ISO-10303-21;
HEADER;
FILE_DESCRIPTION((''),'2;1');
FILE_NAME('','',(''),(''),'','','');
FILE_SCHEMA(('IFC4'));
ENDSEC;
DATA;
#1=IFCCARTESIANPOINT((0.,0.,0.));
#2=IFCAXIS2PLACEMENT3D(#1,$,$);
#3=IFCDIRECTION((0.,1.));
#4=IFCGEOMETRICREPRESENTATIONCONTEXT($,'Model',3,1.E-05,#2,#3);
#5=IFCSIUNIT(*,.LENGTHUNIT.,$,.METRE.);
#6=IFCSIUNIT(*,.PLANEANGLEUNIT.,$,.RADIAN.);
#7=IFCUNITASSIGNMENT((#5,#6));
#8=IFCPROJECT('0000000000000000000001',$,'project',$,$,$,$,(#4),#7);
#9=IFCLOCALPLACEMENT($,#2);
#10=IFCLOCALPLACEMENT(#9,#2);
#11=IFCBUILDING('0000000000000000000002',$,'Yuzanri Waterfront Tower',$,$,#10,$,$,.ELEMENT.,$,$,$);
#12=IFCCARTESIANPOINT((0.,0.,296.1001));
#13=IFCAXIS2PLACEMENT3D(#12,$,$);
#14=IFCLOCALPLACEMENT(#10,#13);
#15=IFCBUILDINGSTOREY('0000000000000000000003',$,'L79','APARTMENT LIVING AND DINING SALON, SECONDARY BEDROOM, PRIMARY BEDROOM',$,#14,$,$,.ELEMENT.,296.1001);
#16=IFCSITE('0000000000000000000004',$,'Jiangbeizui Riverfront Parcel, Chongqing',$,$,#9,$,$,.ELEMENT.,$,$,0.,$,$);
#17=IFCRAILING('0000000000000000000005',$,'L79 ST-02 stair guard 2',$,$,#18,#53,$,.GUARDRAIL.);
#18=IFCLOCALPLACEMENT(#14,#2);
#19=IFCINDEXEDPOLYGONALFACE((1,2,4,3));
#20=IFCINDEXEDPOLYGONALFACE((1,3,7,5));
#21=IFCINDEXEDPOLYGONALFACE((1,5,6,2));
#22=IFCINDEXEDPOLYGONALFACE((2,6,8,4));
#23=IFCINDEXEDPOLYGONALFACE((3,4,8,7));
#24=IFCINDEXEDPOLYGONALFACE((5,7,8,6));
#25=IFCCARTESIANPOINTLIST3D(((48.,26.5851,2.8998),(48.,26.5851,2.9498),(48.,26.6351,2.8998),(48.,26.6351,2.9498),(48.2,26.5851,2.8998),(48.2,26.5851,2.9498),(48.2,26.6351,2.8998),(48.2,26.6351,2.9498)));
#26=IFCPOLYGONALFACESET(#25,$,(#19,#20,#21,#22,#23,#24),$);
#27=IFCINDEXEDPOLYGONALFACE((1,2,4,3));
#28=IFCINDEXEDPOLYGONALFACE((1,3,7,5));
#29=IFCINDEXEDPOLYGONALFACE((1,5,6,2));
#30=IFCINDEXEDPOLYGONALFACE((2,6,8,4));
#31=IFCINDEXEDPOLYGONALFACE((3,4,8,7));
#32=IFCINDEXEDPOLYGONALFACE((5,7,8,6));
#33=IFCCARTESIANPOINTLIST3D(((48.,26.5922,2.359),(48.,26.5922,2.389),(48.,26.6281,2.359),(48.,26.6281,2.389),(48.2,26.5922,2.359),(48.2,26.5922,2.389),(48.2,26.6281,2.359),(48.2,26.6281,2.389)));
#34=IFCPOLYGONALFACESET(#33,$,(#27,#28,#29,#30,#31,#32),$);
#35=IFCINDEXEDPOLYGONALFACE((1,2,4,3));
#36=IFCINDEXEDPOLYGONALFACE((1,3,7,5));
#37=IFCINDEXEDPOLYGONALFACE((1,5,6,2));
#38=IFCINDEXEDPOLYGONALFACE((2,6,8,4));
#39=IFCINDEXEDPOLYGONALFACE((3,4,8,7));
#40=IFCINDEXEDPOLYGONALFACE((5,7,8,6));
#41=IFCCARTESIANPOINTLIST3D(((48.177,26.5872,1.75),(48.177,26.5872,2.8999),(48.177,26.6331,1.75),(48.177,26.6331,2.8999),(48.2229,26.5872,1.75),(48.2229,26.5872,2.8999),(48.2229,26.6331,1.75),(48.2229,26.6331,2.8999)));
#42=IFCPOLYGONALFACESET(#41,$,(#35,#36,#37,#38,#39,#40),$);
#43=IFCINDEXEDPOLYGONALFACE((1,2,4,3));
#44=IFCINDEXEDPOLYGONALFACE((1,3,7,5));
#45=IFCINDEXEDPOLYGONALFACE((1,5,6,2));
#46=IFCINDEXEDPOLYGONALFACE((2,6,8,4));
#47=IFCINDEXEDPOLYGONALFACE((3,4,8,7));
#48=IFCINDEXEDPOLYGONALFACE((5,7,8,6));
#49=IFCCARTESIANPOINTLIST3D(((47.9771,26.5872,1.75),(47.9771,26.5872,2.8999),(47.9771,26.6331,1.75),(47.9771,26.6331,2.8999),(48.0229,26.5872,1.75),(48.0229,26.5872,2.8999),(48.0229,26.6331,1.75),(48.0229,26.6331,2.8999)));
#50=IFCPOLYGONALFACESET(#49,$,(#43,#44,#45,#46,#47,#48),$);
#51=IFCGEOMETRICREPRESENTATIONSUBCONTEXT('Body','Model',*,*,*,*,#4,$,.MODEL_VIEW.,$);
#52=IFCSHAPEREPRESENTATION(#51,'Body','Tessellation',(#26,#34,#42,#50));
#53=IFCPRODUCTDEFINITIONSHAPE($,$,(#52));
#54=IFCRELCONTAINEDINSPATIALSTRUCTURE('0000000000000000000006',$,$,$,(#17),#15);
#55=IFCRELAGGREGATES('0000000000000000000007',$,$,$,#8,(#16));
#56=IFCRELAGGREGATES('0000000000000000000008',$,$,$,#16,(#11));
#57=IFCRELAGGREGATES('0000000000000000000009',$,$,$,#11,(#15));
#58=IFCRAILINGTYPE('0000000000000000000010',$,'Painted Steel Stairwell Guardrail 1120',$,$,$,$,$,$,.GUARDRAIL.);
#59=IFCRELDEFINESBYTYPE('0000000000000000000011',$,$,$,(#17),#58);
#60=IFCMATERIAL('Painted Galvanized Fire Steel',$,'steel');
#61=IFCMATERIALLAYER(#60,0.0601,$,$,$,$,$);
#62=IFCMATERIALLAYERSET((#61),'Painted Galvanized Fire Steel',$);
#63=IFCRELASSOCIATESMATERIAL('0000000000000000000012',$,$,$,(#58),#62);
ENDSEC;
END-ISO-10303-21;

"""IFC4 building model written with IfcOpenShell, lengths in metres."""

from ifc_helpers import new_model, si_unit, direction, frame, origin, origin_2d, place, context, subcontext, project, spatial, rectangle, extrude, source, transform, mapped, material, layer, layer_set, type_object, element, save


model = new_model("IFC4")

# Units and contexts
model_context = context("Model", 3, precision=1e-05, world=origin(), true_north=direction((0.0, 1.0)))
body_context = subcontext(model_context, "Body", "Model", "MODEL_VIEW")
ifc_project = project(units=[si_unit("LENGTHUNIT", "METRE"), si_unit("PLANEANGLEUNIT", "RADIAN")], contexts=[model_context])

# Site, building, storey
site_placement = place(None, origin())
site = spatial("IfcSite", under=ifc_project, at=site_placement, Name="Jiangbeizui Riverfront Parcel, Chongqing", CompositionType="ELEMENT", RefElevation=0.0)
building_placement = place(site_placement, origin())
building = spatial("IfcBuilding", under=site, at=building_placement, Name="Yuzanri Waterfront Tower", CompositionType="ELEMENT")
storey_placement = place(building_placement, frame((0.0, 0.0, 296.1001)))
storey = spatial("IfcBuildingStorey", under=building, at=storey_placement, Name="L79", Description="APARTMENT LIVING AND DINING SALON, SECONDARY BEDROOM, PRIMARY BEDROOM", CompositionType="ELEMENT", Elevation=296.1001)

# Railing
ifc_material_1 = material(Name="Painted Galvanized Fire Steel", Category="steel")
ifc_layer_1 = layer(ifc_material_1, 0.0601)
ifc_layer_set_1 = layer_set([ifc_layer_1], Name="Painted Galvanized Fire Steel")
railing_type = type_object("IfcRailingType", Name="Painted Steel Stairwell Guardrail 1120", PredefinedType="GUARDRAIL", material=ifc_layer_set_1)
shared_shape_1 = source(origin(), body_context, "Body", "SweptSolid", [
    extrude(rectangle(XDim=0.05, YDim=0.05, at=origin_2d()), frame((0.0, 0.0, 1.1748), z_axis=(-1.0, 0.0, 0.0), x_axis=(0.0, -1.0, 0.0)), (0.0, 0.0, 1.0), 0.2),
    extrude(rectangle(XDim=0.0359, YDim=0.03, at=origin_2d()), frame((0.0, 0.0, 0.624), z_axis=(-1.0, 0.0, 0.0), x_axis=(0.0, -1.0, 0.0)), (0.0, 0.0, 1.0), 0.2),
    extrude(rectangle(XDim=0.0459, YDim=0.0459, at=origin_2d()), origin(), (0.0, 0.0, 1.0), 1.1499),
    extrude(rectangle(XDim=0.0459, YDim=0.0459, at=origin_2d()), frame((-0.2, 0.0, 0.0)), (0.0, 0.0, 1.0), 1.1499),
])
railing_placement = place(storey_placement, frame((48.2, 26.6101, 1.75)))
element("IfcRailing", 1, at=railing_placement, inside=storey, type_object=railing_type, Name="L79 ST-02 stair guard 2", PredefinedType="GUARDRAIL", context=body_context, shape_type="MappedRepresentation", body=[
    mapped(shared_shape_1, transform((0.0, 0.0, 0.0), scale=1.0)),
])

save(model, "model.ifc")
